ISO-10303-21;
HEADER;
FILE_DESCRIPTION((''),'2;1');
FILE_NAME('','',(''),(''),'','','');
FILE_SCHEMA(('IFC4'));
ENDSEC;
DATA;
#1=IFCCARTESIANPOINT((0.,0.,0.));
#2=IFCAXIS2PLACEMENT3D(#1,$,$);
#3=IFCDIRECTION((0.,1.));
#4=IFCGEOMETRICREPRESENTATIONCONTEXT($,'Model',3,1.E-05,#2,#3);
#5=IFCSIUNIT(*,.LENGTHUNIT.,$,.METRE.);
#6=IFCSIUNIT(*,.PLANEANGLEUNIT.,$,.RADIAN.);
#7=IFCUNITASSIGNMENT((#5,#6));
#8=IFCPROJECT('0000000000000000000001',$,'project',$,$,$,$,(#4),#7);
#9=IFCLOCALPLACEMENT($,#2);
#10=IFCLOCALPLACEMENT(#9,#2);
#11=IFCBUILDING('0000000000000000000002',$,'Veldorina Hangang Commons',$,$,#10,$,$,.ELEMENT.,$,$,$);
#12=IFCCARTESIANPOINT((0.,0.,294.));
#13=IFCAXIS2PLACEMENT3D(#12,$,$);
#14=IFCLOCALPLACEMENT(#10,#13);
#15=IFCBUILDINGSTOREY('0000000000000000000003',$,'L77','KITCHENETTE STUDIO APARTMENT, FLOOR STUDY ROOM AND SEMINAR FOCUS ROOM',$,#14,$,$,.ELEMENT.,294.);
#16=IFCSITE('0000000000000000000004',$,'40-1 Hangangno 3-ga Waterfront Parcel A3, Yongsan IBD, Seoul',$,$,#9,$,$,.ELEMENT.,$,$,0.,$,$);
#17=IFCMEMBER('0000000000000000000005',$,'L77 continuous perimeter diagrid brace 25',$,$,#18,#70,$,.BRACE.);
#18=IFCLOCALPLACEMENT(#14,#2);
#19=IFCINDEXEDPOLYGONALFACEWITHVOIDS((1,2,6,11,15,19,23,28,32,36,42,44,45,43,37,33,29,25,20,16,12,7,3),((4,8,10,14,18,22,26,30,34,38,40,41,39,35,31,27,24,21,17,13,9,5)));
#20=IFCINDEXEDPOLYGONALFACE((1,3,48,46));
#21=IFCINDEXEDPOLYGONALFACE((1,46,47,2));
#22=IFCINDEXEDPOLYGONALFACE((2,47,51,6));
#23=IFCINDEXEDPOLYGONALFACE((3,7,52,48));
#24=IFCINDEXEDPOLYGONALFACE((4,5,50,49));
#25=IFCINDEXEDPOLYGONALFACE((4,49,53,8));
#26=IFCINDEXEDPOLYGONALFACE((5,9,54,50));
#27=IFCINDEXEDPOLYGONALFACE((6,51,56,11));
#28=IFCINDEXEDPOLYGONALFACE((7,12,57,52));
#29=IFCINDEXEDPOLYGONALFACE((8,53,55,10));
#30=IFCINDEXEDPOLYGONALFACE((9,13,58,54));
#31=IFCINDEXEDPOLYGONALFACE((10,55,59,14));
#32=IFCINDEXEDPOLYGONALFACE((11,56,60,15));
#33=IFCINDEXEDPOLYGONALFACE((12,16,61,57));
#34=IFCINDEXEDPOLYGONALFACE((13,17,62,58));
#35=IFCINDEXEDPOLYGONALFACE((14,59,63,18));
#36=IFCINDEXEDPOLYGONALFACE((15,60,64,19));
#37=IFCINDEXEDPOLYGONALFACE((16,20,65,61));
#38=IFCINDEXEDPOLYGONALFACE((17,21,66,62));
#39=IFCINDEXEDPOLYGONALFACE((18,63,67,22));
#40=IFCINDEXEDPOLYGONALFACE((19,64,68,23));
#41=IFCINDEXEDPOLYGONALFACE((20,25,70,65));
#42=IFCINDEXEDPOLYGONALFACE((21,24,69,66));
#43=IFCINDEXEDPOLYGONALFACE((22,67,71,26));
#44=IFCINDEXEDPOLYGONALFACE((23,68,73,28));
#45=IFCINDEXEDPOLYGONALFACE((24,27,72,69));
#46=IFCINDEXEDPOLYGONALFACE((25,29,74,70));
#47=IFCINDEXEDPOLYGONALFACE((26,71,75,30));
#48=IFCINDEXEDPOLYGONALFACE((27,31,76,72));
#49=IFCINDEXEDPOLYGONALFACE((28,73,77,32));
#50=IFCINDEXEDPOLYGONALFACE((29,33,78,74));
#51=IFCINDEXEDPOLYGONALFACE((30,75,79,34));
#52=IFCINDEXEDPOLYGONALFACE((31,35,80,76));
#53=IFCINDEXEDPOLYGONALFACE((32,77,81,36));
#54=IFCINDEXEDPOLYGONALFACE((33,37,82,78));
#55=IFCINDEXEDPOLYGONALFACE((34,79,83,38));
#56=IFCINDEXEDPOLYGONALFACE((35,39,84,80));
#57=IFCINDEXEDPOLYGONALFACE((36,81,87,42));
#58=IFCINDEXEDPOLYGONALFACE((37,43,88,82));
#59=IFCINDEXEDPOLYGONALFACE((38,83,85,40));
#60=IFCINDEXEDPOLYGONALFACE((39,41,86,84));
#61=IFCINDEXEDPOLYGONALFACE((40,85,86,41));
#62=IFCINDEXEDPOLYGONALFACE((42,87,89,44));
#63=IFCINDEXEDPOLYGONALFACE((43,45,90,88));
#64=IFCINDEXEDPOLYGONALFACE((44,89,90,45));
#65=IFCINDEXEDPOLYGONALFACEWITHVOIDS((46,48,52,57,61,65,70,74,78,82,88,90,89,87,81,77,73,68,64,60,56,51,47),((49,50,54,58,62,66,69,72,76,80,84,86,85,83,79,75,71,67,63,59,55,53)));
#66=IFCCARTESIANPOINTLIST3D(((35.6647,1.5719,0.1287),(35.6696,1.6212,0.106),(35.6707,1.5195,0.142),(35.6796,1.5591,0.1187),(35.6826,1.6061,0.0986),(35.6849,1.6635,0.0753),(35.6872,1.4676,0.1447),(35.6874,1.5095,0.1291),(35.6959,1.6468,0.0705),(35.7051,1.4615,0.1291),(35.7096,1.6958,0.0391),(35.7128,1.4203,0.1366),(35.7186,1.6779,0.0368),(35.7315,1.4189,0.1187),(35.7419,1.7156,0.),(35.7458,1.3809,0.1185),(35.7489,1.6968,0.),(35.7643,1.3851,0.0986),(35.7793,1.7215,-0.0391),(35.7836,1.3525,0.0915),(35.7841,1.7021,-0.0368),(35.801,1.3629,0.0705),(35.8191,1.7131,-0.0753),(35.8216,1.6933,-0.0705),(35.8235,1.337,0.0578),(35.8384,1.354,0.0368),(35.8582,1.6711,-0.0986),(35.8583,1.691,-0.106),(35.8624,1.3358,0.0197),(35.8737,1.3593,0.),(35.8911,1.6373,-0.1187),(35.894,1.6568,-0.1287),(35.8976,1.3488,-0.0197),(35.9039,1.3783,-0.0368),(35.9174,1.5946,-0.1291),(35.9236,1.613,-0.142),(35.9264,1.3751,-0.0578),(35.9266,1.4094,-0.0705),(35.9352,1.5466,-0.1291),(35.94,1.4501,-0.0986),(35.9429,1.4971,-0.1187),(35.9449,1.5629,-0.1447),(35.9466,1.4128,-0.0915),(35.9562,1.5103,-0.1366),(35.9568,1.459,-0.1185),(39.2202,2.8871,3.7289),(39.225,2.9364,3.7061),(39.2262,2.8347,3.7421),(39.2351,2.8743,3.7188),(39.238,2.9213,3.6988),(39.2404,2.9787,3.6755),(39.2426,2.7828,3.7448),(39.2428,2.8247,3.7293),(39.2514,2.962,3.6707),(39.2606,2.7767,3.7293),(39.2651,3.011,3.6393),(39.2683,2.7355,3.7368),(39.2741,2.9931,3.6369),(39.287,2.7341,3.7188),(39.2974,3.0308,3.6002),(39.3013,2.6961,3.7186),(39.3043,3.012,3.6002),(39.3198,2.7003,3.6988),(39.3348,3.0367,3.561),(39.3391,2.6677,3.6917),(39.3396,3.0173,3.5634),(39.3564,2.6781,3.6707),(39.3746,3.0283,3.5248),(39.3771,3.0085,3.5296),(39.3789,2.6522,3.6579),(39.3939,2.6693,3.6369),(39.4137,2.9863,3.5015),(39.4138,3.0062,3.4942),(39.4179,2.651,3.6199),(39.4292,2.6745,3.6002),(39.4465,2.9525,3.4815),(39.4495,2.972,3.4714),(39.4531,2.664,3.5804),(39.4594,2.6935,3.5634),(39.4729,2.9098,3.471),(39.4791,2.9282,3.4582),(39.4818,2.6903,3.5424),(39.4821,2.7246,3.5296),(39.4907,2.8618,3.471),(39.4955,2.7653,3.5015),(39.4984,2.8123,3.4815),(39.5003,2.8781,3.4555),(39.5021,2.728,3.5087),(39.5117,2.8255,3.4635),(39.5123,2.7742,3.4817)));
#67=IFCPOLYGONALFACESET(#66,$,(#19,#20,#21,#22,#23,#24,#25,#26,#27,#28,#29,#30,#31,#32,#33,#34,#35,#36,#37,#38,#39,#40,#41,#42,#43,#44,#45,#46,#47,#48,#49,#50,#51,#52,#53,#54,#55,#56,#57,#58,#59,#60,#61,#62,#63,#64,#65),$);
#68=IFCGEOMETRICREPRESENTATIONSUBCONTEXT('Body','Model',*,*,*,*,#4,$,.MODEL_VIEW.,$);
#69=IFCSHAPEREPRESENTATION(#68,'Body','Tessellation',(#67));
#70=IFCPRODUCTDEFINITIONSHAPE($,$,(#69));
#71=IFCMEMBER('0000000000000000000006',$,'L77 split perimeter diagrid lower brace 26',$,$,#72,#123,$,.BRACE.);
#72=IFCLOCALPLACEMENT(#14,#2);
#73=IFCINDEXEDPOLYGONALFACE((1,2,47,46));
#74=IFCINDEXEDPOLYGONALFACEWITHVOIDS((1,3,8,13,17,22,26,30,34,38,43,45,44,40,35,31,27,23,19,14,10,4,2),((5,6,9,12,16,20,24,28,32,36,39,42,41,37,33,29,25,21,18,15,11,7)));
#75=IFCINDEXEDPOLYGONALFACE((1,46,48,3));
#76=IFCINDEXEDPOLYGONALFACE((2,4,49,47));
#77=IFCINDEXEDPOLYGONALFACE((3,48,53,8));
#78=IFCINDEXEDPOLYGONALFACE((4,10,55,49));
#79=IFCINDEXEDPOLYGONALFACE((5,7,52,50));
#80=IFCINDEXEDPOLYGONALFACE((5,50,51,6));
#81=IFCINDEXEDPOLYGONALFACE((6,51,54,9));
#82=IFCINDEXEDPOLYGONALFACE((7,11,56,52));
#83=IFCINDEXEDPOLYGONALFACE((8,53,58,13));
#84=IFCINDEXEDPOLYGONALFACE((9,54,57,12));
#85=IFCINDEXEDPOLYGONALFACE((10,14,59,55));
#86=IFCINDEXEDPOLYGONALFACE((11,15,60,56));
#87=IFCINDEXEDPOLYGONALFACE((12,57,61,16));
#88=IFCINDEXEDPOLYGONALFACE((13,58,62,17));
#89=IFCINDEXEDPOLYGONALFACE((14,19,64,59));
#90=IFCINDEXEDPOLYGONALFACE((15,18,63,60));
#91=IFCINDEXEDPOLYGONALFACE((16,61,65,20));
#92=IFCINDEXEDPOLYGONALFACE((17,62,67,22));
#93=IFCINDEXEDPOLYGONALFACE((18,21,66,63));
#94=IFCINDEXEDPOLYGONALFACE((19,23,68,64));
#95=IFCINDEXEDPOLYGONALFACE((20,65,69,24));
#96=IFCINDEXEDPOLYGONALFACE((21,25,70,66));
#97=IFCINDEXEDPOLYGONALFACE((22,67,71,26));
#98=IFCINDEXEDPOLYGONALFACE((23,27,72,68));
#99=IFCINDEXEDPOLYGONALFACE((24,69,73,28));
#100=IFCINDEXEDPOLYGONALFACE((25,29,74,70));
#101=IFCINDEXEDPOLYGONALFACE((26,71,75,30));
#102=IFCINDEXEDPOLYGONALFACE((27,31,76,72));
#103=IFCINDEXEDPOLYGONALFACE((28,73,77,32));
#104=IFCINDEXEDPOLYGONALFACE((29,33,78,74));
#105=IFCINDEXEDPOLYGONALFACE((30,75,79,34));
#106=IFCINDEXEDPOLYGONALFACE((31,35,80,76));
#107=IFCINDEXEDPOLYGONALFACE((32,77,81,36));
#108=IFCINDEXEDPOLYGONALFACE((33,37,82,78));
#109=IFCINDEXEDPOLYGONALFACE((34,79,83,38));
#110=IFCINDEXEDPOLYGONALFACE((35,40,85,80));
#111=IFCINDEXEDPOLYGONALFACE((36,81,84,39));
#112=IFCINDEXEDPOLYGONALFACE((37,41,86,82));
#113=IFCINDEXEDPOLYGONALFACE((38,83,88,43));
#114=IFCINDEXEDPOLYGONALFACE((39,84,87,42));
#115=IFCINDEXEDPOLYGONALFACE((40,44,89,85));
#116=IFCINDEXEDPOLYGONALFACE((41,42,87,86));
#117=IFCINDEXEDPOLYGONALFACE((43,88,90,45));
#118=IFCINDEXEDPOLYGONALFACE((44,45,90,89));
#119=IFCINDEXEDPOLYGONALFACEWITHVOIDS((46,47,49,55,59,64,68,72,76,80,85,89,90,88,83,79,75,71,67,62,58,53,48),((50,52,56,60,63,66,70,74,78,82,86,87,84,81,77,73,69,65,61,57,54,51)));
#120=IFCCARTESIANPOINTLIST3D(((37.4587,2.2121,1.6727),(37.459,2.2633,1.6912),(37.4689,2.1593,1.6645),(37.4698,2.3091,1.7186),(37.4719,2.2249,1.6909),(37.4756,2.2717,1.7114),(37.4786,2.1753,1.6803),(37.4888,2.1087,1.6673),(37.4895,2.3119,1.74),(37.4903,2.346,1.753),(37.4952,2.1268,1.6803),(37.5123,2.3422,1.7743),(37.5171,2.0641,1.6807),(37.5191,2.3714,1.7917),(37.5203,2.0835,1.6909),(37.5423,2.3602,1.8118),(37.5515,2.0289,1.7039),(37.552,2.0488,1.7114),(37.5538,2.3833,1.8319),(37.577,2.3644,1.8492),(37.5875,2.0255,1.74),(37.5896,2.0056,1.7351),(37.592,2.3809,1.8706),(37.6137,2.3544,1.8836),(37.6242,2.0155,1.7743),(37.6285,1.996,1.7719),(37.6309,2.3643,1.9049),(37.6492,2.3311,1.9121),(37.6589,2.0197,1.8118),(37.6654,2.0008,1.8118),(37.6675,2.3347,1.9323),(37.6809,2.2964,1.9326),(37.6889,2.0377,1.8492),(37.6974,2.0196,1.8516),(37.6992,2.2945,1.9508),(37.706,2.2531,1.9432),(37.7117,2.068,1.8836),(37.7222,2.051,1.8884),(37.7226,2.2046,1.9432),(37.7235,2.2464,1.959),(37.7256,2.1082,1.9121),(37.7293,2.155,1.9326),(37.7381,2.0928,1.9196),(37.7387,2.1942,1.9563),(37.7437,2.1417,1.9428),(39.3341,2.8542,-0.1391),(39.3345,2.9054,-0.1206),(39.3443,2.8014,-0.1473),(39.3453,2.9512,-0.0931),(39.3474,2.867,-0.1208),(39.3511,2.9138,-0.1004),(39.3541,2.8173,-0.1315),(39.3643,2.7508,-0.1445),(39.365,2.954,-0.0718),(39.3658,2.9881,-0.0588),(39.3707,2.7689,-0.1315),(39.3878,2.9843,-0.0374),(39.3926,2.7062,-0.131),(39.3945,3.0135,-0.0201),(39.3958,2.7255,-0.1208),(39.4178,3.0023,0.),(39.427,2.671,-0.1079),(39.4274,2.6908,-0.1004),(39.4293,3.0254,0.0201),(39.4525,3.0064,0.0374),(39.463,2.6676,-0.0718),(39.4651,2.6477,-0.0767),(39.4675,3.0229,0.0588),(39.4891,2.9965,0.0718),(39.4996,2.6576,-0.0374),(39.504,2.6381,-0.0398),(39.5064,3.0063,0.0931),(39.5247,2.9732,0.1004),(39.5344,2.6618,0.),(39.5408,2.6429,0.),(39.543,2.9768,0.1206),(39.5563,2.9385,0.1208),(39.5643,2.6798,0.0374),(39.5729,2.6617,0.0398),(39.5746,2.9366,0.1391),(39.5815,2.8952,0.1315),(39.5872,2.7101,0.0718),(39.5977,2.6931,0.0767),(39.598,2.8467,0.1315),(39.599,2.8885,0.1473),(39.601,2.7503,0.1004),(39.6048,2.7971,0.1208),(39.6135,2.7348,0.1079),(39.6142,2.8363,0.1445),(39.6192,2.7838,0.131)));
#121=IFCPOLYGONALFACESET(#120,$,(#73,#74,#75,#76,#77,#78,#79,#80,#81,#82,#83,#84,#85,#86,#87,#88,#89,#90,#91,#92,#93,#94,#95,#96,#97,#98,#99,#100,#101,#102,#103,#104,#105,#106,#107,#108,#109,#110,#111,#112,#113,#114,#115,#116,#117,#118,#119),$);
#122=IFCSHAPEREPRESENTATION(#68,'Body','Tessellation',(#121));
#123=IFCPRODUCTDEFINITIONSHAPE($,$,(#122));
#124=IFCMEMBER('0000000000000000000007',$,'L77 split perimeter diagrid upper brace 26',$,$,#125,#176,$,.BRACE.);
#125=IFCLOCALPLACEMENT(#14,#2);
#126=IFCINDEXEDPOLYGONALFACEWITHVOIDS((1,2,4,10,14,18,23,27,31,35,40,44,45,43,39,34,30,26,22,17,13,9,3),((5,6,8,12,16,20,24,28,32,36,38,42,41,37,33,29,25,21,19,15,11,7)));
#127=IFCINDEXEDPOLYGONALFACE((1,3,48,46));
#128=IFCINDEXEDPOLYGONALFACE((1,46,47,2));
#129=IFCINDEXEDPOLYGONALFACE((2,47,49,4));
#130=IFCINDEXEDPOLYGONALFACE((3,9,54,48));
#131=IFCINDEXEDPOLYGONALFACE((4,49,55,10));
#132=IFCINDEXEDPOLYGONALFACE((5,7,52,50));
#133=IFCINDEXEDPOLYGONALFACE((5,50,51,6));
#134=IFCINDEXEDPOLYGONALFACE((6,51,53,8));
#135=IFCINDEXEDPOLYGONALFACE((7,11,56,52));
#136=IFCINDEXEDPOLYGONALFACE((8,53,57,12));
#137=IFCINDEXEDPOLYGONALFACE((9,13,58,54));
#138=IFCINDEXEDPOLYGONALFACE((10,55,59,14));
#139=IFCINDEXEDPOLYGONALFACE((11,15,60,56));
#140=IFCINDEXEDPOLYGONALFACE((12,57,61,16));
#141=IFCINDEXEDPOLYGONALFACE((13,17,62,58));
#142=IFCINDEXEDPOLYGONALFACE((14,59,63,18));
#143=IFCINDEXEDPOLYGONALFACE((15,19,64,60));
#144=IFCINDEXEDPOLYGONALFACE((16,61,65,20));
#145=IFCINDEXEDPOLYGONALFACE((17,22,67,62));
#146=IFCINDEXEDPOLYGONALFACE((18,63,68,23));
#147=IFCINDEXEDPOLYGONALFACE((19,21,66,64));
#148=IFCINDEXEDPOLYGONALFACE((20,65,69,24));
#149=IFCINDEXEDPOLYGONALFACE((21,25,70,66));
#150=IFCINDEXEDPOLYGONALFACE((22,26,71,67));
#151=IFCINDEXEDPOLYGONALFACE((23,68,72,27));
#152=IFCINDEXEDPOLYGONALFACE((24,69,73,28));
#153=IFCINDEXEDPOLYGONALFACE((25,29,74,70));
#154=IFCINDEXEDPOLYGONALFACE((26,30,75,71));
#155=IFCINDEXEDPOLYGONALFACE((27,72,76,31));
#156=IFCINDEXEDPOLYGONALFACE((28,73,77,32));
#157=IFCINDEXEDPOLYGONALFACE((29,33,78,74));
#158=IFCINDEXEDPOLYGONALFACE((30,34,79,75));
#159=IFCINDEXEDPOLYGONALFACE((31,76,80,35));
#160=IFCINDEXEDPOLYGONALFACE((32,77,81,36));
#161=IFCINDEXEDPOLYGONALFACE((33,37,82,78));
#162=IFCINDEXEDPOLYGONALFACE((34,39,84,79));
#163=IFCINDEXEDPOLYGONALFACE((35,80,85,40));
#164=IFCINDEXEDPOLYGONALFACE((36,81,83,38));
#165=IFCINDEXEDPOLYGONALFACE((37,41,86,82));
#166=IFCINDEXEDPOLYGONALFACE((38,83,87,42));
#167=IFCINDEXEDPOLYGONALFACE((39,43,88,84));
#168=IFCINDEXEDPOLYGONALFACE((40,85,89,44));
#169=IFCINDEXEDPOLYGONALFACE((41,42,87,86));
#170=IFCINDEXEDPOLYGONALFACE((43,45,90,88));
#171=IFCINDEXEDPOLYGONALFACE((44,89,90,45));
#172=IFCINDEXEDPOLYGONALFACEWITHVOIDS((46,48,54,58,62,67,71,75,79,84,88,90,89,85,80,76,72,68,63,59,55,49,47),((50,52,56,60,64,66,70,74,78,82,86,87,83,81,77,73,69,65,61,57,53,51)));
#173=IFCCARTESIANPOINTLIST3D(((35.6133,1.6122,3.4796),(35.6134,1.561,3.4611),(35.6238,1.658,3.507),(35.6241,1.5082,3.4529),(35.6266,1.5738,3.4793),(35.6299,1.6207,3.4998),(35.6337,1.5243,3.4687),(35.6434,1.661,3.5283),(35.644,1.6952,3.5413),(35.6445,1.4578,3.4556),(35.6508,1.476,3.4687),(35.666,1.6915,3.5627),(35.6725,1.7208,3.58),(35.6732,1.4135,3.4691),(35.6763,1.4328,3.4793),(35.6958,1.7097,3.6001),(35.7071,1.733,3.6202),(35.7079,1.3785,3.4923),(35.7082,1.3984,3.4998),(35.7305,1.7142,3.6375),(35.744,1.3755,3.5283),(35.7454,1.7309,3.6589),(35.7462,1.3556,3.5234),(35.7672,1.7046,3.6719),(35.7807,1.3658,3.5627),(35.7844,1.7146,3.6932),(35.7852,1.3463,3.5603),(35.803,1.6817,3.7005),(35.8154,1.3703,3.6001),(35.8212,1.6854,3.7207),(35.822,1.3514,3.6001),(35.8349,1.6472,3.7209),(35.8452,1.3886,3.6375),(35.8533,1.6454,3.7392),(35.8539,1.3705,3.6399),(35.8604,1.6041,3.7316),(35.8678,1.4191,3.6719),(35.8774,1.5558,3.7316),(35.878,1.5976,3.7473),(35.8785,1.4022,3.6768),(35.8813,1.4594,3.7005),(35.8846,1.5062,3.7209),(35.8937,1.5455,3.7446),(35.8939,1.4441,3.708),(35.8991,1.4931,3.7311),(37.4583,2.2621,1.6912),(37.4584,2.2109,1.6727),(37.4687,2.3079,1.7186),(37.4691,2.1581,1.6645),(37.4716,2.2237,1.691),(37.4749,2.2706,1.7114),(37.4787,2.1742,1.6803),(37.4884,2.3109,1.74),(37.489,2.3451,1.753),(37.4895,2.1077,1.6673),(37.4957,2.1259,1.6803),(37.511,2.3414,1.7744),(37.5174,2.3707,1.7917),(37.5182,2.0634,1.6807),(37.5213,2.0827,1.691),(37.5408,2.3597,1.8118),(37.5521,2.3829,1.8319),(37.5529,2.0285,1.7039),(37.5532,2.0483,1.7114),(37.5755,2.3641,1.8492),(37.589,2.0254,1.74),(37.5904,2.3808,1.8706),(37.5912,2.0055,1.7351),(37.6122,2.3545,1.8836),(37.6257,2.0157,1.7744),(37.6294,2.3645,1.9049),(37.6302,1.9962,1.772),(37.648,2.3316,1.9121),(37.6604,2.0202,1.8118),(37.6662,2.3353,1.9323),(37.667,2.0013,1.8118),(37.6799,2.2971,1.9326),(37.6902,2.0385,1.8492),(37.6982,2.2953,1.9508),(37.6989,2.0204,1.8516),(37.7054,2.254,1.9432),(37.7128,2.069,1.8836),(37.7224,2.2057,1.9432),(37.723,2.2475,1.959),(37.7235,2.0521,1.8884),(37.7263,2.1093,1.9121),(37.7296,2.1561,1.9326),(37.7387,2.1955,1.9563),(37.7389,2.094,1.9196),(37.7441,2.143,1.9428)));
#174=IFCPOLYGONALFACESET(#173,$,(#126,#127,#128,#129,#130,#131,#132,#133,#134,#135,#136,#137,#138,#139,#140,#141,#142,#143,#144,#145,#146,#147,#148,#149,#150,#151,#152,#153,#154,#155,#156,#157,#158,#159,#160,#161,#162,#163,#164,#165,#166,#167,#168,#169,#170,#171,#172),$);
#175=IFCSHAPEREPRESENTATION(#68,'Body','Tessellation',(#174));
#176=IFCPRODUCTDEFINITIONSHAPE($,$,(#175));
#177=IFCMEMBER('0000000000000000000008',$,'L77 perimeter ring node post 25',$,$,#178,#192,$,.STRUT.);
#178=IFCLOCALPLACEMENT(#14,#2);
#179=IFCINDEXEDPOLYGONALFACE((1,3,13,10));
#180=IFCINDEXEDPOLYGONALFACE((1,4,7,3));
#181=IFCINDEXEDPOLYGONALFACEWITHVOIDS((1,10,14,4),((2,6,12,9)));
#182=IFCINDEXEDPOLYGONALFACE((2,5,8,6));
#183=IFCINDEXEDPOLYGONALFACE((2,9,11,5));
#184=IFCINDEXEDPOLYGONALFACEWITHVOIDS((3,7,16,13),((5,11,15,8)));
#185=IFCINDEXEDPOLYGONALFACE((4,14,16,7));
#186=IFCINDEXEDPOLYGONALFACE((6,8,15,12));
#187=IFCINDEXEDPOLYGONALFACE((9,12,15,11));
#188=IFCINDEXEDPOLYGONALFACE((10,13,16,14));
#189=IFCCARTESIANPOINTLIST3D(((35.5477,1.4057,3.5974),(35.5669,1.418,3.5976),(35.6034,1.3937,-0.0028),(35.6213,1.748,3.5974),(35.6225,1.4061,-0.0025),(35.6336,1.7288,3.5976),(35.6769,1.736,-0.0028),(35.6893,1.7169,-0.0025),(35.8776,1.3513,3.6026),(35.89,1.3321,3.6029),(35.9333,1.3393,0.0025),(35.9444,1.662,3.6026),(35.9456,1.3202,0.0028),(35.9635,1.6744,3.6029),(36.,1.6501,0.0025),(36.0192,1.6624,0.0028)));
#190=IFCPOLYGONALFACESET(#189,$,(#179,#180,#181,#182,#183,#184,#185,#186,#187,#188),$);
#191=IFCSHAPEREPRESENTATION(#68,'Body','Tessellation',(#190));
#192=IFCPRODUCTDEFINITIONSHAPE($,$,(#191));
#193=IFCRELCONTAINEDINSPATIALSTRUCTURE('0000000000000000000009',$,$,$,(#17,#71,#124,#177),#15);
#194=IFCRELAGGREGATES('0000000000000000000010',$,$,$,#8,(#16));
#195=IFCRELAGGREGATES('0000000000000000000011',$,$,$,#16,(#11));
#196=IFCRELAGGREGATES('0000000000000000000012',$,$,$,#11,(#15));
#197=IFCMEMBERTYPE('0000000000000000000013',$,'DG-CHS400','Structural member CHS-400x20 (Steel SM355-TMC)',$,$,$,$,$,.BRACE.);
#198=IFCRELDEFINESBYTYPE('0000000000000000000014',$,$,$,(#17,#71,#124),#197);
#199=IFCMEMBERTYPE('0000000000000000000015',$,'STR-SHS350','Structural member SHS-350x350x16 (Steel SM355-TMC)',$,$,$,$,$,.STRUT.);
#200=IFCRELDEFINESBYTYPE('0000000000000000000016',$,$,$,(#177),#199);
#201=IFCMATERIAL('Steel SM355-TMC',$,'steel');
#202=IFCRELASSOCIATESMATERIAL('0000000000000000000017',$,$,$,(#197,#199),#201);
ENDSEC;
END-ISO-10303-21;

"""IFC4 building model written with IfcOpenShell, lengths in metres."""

from ifc_helpers import new_model, si_unit, direction, frame, origin, origin_2d, place, context, subcontext, project, spatial, hollow_rectangle, hollow_circle, extrude, material, material_profile, profile_set, type_object, element, save


model = new_model("IFC4")

# Units and contexts
model_context = context("Model", 3, precision=1e-05, world=origin(), true_north=direction((0.0, 1.0)))
body_context = subcontext(model_context, "Body", "Model", "MODEL_VIEW")
ifc_project = project(units=[si_unit("LENGTHUNIT", "METRE"), si_unit("PLANEANGLEUNIT", "RADIAN")], contexts=[model_context])

# Site, building, storey
site_placement = place(None, origin())
site = spatial("IfcSite", under=ifc_project, at=site_placement, Name="40-1 Hangangno 3-ga Waterfront Parcel A3, Yongsan IBD, Seoul", CompositionType="ELEMENT", RefElevation=0.0)
building_placement = place(site_placement, origin())
building = spatial("IfcBuilding", under=site, at=building_placement, Name="Veldorina Hangang Commons", CompositionType="ELEMENT")
storey_placement = place(building_placement, frame((0.0, 0.0, 294.0)))
storey = spatial("IfcBuildingStorey", under=building, at=storey_placement, Name="L77", Description="KITCHENETTE STUDIO APARTMENT, FLOOR STUDY ROOM AND SEMINAR FOCUS ROOM", CompositionType="ELEMENT", Elevation=294.0)

# Shared definitions
ifc_material_1 = material(Name="Steel SM355-TMC", Category="steel")

# Members
ifc_material_profile_1 = material_profile(ifc_material_1, hollow_circle(Radius=0.2, WallThickness=0.02, at=origin_2d()), Name="CHS-400x20")
ifc_profile_set_1 = profile_set([ifc_material_profile_1], Name="Steel SM355-TMC")
member_type_1 = type_object("IfcMemberType", Name="DG-CHS400", Description="Structural member CHS-400x20 (Steel SM355-TMC)", PredefinedType="BRACE", material=ifc_profile_set_1)
member_1_placement = place(storey_placement, frame((35.8113, 1.5281, 0.0), z_axis=(0.68008, 0.251568, 0.688626), x_axis=(-0.346935, 0.937889, 0.0)))
element("IfcMember", 1, at=member_1_placement, inside=storey, type_object=member_type_1, Name="L77 continuous perimeter diagrid brace 25", PredefinedType="BRACE", context=body_context, shape_type="SweptSolid", body=[
    extrude(hollow_circle(Radius=0.2, WallThickness=0.02, at=origin_2d()), origin(), (0.0, 0.0, 1.0), 5.228),
])
member_2_placement = place(storey_placement, frame((39.4761, 2.832, 0.0), z_axis=(-0.69836, -0.23909, 0.674633), x_axis=(0.323902, -0.946091, 0.0)))
element("IfcMember", 2, at=member_2_placement, inside=storey, type_object=member_type_1, Name="L77 split perimeter diagrid lower brace 26", PredefinedType="BRACE", context=body_context, shape_type="SweptSolid", body=[
    extrude(hollow_circle(Radius=0.2, WallThickness=0.02, at=origin_2d()), origin(), (0.0, 0.0, 1.0), 2.6855),
])
member_3_placement = place(storey_placement, frame((37.6006, 2.1899, 1.8118), z_axis=(-0.69612, -0.245213, 0.67475), x_axis=(0.332246, -0.943193, 0.0)))
element("IfcMember", 3, at=member_3_placement, inside=storey, type_object=member_type_1, Name="L77 split perimeter diagrid upper brace 26", PredefinedType="BRACE", context=body_context, shape_type="SweptSolid", body=[
    extrude(hollow_circle(Radius=0.2, WallThickness=0.02, at=origin_2d()), origin(), (0.0, 0.0, 1.0), 2.6504),
])
ifc_material_profile_2 = material_profile(ifc_material_1, hollow_rectangle(XDim=0.3501, YDim=0.3501, WallThickness=0.0161, at=origin_2d()), Name="SHS-350x350x16")
ifc_profile_set_2 = profile_set([ifc_material_profile_2], Name="Steel SM355-TMC")
member_type_2 = type_object("IfcMemberType", Name="STR-SHS350", Description="Structural member SHS-350x350x16 (Steel SM355-TMC)", PredefinedType="STRUT", material=ifc_profile_set_2)
member_4_placement = place(storey_placement, frame((35.8113, 1.5281, 0.0), z_axis=(-0.01546, 0.003323, 0.999875), x_axis=(-0.210115, -0.977677, 0.0)))
element("IfcMember", 4, at=member_4_placement, inside=storey, type_object=member_type_2, Name="L77 perimeter ring node post 25", PredefinedType="STRUT", context=body_context, shape_type="SweptSolid", body=[
    extrude(hollow_rectangle(XDim=0.3501, YDim=0.3501, WallThickness=0.0161, at=origin_2d()), origin(), (0.0, 0.0, 1.0), 3.6006),
])

save(model, "model.ifc")
